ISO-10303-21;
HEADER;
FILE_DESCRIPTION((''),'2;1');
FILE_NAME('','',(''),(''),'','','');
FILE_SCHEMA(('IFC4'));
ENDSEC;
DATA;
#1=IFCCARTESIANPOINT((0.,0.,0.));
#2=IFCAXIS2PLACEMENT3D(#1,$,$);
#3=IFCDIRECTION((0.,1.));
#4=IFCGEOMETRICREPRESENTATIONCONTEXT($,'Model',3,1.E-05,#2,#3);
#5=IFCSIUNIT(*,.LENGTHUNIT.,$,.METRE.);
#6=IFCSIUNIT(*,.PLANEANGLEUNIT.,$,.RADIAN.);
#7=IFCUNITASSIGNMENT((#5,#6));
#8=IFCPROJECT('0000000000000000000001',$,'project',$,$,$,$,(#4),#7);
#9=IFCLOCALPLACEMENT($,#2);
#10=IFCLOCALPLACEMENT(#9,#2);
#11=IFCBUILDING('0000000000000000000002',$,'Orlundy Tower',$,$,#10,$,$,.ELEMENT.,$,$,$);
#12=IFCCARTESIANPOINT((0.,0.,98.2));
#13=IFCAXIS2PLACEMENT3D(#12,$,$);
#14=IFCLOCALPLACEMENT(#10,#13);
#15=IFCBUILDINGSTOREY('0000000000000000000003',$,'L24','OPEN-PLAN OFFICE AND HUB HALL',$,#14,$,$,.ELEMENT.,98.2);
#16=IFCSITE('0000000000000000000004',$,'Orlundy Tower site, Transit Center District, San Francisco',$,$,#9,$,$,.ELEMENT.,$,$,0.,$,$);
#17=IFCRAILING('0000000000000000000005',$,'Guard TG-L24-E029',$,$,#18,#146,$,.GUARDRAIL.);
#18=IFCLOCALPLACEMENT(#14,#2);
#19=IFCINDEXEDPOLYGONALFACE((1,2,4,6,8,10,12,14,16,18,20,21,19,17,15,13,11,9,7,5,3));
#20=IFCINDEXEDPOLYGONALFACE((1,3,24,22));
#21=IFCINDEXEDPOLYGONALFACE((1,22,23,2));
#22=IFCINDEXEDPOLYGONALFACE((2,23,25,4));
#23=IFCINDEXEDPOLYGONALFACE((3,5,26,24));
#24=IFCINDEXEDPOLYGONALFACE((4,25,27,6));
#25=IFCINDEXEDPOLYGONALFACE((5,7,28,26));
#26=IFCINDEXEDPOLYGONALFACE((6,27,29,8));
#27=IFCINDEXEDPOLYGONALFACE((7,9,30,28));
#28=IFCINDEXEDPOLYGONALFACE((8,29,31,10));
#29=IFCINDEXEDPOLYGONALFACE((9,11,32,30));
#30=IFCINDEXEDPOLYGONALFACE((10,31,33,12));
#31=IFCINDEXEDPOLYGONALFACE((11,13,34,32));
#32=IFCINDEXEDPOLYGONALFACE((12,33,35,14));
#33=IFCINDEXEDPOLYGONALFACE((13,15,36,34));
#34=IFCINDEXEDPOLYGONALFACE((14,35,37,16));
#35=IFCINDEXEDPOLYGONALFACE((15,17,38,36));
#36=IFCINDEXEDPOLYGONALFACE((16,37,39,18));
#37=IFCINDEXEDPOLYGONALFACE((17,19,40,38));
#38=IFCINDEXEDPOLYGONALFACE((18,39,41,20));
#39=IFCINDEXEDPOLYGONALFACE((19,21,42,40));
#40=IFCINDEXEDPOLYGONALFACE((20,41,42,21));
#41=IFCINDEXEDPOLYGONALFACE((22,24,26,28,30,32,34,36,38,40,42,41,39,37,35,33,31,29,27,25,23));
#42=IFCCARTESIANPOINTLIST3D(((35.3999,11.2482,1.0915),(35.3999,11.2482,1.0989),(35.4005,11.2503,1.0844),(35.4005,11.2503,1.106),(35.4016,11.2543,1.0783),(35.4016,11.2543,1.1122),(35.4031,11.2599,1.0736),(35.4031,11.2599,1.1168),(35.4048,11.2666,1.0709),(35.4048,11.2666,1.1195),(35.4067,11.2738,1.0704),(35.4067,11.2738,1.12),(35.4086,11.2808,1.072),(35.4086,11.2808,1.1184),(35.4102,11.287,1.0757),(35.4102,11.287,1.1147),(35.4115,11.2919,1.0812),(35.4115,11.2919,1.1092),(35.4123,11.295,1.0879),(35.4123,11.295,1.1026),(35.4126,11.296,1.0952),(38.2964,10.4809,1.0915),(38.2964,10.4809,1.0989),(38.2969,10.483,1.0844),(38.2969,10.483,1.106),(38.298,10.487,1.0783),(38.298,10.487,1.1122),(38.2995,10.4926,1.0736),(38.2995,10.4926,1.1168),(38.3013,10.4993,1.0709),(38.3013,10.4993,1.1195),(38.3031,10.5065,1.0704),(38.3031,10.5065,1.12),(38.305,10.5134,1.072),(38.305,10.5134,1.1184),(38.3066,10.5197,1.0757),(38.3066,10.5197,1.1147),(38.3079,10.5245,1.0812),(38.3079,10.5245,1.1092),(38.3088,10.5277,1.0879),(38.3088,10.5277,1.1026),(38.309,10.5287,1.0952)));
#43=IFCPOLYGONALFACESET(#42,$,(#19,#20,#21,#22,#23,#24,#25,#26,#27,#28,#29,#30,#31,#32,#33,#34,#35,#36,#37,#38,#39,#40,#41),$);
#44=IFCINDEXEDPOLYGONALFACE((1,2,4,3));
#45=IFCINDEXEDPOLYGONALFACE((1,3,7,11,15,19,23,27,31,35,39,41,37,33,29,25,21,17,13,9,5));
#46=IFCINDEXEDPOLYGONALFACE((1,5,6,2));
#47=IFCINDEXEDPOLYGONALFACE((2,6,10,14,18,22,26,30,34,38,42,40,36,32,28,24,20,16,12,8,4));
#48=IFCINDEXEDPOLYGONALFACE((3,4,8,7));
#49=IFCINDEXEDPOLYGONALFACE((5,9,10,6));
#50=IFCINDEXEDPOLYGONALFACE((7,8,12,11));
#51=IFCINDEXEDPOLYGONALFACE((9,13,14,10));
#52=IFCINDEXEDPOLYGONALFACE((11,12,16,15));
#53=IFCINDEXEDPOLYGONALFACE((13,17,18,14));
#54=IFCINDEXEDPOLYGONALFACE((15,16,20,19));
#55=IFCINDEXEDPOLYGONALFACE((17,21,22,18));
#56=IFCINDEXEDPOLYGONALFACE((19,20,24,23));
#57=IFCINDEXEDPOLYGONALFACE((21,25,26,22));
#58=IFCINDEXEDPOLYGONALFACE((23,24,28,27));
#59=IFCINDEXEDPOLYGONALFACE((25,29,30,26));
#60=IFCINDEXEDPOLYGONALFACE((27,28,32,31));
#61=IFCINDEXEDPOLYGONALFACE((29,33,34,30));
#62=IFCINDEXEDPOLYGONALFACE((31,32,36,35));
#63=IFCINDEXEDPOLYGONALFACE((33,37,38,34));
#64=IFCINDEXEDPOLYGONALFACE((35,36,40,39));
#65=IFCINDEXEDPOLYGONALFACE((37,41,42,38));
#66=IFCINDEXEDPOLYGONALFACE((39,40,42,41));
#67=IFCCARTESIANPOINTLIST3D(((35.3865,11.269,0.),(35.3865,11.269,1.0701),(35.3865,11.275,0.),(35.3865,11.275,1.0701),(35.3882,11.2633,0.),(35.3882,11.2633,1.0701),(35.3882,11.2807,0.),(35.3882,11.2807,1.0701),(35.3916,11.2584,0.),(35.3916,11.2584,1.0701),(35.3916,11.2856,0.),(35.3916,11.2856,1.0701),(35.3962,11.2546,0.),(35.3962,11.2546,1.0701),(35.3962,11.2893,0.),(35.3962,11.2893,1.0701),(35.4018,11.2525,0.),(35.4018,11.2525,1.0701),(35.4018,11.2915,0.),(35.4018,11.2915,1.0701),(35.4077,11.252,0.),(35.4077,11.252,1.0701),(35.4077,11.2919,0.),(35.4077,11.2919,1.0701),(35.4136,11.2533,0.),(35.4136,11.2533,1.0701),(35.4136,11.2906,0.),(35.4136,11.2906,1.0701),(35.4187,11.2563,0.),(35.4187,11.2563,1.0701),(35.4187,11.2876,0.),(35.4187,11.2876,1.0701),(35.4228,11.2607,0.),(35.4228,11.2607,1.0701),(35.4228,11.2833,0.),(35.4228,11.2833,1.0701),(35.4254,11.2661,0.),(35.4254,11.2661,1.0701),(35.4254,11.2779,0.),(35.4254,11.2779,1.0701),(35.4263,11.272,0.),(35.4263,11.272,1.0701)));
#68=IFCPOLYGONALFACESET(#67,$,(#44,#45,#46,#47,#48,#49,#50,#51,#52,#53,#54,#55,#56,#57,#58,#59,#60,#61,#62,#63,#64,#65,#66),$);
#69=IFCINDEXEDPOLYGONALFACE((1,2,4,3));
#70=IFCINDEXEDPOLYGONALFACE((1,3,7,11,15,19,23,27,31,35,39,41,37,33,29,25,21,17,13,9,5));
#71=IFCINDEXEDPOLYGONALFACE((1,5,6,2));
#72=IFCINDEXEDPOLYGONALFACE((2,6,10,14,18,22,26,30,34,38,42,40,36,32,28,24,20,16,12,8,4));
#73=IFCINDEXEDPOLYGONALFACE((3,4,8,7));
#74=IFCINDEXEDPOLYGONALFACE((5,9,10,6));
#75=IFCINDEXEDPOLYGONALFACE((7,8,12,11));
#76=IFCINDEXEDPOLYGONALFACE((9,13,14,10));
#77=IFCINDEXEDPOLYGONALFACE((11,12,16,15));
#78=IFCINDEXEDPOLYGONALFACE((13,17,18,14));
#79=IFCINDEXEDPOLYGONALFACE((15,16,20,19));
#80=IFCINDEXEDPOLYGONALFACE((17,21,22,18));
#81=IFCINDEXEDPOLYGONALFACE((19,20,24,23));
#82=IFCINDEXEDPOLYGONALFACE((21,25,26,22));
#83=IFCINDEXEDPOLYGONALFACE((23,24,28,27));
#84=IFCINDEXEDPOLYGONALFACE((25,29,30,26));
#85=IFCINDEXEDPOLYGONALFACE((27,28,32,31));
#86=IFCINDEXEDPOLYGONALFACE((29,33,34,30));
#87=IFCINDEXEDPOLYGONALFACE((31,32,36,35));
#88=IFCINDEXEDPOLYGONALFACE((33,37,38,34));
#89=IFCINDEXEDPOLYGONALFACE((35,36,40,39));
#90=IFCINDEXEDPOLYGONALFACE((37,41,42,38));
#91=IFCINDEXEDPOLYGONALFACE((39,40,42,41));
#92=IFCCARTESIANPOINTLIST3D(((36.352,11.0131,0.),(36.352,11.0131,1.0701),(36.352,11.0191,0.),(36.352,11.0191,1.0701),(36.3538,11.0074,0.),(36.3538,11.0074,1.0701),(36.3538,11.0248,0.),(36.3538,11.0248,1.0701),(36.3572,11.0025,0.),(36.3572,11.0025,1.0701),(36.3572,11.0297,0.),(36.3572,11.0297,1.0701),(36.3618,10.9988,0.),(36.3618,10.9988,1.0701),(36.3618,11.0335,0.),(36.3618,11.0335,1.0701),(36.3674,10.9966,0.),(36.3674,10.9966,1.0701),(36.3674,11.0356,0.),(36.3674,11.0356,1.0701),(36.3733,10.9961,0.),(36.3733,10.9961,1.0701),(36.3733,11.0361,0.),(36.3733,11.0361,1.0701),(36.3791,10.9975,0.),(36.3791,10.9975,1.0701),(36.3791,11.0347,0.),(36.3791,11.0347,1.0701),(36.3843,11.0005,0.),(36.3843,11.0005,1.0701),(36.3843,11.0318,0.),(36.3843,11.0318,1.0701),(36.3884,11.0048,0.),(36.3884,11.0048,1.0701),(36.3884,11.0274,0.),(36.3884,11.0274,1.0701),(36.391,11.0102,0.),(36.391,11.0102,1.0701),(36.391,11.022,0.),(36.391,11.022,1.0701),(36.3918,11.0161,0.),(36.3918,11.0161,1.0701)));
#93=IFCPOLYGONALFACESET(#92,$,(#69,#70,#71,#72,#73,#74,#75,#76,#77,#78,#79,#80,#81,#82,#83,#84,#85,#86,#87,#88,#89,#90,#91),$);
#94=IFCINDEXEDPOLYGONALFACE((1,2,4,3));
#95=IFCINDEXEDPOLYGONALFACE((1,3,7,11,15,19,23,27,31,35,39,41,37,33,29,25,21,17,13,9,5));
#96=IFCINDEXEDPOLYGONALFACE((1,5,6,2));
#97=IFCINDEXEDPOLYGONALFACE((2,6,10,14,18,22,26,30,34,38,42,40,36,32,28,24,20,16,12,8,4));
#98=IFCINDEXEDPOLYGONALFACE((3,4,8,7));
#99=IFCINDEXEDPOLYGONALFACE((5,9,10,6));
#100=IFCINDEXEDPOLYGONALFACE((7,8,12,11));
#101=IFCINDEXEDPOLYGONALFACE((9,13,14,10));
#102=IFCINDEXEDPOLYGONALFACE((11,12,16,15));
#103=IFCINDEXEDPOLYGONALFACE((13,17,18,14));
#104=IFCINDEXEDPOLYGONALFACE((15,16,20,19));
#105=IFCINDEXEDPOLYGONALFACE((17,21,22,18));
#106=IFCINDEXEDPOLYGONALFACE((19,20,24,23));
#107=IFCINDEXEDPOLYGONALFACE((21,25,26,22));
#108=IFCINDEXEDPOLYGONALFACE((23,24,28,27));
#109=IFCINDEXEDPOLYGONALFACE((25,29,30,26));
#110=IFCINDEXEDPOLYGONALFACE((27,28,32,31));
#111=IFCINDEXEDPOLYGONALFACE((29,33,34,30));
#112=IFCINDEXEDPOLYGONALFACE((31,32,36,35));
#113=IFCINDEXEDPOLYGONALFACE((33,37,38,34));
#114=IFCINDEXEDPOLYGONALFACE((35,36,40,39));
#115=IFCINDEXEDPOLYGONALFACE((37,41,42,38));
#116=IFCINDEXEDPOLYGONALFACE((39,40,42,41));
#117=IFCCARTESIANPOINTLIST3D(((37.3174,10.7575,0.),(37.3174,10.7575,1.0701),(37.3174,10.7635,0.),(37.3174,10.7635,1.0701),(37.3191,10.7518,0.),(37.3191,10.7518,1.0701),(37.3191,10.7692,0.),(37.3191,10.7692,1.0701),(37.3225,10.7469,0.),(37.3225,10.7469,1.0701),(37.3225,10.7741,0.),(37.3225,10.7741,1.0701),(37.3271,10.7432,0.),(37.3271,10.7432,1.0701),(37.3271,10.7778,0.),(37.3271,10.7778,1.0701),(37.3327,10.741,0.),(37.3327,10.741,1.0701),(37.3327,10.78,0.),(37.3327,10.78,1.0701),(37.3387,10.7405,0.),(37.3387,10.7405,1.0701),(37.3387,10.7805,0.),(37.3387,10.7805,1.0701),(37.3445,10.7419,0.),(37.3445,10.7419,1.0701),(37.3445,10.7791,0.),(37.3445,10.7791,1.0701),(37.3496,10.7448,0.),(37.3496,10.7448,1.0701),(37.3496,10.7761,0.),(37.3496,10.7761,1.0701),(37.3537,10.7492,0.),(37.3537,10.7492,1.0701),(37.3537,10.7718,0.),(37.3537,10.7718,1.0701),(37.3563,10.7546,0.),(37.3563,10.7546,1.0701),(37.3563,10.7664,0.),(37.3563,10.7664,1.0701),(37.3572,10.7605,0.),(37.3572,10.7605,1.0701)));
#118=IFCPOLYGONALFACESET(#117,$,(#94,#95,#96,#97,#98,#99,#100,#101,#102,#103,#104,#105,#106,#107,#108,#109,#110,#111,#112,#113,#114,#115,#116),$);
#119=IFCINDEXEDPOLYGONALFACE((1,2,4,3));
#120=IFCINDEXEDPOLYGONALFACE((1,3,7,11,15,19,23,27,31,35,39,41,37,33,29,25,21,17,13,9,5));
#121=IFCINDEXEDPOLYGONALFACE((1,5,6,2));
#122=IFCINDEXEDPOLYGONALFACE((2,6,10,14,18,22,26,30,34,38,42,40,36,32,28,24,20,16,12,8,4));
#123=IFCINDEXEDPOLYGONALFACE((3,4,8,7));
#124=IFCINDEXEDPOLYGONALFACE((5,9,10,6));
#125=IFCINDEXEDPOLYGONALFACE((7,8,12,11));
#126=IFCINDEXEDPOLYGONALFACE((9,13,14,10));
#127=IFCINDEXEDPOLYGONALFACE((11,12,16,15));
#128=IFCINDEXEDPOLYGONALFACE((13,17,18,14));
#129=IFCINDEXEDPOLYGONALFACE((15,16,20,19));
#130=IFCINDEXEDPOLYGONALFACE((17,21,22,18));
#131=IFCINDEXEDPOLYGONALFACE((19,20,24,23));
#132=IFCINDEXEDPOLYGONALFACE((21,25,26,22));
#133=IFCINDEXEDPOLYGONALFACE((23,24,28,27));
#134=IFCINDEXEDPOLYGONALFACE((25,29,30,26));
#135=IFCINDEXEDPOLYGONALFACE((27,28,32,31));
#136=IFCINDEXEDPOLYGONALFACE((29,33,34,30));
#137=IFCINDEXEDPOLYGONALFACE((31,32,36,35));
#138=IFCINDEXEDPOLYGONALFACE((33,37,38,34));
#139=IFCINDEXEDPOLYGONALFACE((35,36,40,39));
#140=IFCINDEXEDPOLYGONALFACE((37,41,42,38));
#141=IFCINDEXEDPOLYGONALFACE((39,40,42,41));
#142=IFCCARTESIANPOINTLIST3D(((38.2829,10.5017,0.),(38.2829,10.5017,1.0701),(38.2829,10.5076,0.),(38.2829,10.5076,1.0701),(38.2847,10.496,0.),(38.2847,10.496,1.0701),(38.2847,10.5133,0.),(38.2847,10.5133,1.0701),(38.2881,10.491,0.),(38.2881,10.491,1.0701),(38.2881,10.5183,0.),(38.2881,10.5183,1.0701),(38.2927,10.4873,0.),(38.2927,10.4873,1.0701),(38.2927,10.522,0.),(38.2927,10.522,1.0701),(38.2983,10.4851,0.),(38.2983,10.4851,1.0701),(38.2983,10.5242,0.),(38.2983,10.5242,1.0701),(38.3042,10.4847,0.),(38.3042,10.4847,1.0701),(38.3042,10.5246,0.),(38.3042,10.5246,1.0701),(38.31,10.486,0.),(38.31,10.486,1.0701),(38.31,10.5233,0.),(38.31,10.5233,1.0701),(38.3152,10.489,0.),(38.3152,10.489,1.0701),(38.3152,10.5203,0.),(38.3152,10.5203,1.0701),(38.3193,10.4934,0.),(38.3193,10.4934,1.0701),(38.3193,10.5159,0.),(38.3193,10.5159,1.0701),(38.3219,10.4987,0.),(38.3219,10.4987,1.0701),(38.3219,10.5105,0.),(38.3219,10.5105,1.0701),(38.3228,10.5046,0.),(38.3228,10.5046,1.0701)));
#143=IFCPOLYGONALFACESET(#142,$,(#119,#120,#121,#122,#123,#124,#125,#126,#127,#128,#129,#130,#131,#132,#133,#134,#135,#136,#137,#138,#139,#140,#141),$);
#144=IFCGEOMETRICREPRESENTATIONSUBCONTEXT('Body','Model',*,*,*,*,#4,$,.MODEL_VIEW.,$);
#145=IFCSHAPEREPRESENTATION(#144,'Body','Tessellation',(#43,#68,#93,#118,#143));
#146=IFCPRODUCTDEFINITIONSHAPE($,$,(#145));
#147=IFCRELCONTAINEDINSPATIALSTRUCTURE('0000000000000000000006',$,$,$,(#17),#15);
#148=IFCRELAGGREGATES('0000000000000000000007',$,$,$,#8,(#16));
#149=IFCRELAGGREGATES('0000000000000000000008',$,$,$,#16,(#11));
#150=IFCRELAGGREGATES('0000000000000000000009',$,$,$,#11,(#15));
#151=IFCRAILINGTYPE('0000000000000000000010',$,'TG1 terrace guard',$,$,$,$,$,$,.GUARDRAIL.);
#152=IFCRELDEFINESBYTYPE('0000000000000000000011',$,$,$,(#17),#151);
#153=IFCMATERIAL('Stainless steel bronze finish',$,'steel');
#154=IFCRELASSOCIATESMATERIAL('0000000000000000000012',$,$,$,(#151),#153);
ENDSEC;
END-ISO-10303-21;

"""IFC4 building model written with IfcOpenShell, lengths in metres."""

from ifc_helpers import new_model, si_unit, direction, frame, origin, origin_2d, place, context, subcontext, project, spatial, circle, extrude, material, type_object, element, save


model = new_model("IFC4")

# Units and contexts
model_context = context("Model", 3, precision=1e-05, world=origin(), true_north=direction((0.0, 1.0)))
body_context = subcontext(model_context, "Body", "Model", "MODEL_VIEW")
ifc_project = project(units=[si_unit("LENGTHUNIT", "METRE"), si_unit("PLANEANGLEUNIT", "RADIAN")], contexts=[model_context])

# Site, building, storey
site_placement = place(None, origin())
site = spatial("IfcSite", under=ifc_project, at=site_placement, Name="Orlundy Tower site, Transit Center District, San Francisco", CompositionType="ELEMENT", RefElevation=0.0)
building_placement = place(site_placement, origin())
building = spatial("IfcBuilding", under=site, at=building_placement, Name="Orlundy Tower", CompositionType="ELEMENT")
storey_placement = place(building_placement, frame((0.0, 0.0, 98.2)))
storey = spatial("IfcBuildingStorey", under=building, at=storey_placement, Name="L24", Description="OPEN-PLAN OFFICE AND HUB HALL", CompositionType="ELEMENT", Elevation=98.2)

# Railing
ifc_material_1 = material(Name="Stainless steel bronze finish", Category="steel")
railing_type = type_object("IfcRailingType", Name="TG1 terrace guard", PredefinedType="GUARDRAIL", material=ifc_material_1)
railing_placement = place(storey_placement, frame((35.4062, 11.272, 0.0)))
element("IfcRailing", 1, at=railing_placement, inside=storey, type_object=railing_type, Name="Guard TG-L24-E029", PredefinedType="GUARDRAIL", context=body_context, shape_type="SweptSolid", body=[
    extrude(circle(Radius=0.0249, at=origin_2d()), frame((0.0, 0.0, 1.0952), z_axis=(0.966654, -0.256085, 0.0), x_axis=(0.256085, 0.966654, 0.0)), (0.0, 0.0, 1.0), 2.9963),
    extrude(circle(Radius=0.02, at=origin_2d()), origin(), (0.0, 0.0, 1.0), 1.0701),
    extrude(circle(Radius=0.02, at=origin_2d()), frame((0.9656, -0.2559, 0.0)), (0.0, 0.0, 1.0), 1.0701),
    extrude(circle(Radius=0.02, at=origin_2d()), frame((1.9309, -0.5115, 0.0)), (0.0, 0.0, 1.0), 1.0701),
    extrude(circle(Radius=0.02, at=origin_2d()), frame((2.8965, -0.7673, 0.0)), (0.0, 0.0, 1.0), 1.0701),
])

save(model, "model.ifc")
